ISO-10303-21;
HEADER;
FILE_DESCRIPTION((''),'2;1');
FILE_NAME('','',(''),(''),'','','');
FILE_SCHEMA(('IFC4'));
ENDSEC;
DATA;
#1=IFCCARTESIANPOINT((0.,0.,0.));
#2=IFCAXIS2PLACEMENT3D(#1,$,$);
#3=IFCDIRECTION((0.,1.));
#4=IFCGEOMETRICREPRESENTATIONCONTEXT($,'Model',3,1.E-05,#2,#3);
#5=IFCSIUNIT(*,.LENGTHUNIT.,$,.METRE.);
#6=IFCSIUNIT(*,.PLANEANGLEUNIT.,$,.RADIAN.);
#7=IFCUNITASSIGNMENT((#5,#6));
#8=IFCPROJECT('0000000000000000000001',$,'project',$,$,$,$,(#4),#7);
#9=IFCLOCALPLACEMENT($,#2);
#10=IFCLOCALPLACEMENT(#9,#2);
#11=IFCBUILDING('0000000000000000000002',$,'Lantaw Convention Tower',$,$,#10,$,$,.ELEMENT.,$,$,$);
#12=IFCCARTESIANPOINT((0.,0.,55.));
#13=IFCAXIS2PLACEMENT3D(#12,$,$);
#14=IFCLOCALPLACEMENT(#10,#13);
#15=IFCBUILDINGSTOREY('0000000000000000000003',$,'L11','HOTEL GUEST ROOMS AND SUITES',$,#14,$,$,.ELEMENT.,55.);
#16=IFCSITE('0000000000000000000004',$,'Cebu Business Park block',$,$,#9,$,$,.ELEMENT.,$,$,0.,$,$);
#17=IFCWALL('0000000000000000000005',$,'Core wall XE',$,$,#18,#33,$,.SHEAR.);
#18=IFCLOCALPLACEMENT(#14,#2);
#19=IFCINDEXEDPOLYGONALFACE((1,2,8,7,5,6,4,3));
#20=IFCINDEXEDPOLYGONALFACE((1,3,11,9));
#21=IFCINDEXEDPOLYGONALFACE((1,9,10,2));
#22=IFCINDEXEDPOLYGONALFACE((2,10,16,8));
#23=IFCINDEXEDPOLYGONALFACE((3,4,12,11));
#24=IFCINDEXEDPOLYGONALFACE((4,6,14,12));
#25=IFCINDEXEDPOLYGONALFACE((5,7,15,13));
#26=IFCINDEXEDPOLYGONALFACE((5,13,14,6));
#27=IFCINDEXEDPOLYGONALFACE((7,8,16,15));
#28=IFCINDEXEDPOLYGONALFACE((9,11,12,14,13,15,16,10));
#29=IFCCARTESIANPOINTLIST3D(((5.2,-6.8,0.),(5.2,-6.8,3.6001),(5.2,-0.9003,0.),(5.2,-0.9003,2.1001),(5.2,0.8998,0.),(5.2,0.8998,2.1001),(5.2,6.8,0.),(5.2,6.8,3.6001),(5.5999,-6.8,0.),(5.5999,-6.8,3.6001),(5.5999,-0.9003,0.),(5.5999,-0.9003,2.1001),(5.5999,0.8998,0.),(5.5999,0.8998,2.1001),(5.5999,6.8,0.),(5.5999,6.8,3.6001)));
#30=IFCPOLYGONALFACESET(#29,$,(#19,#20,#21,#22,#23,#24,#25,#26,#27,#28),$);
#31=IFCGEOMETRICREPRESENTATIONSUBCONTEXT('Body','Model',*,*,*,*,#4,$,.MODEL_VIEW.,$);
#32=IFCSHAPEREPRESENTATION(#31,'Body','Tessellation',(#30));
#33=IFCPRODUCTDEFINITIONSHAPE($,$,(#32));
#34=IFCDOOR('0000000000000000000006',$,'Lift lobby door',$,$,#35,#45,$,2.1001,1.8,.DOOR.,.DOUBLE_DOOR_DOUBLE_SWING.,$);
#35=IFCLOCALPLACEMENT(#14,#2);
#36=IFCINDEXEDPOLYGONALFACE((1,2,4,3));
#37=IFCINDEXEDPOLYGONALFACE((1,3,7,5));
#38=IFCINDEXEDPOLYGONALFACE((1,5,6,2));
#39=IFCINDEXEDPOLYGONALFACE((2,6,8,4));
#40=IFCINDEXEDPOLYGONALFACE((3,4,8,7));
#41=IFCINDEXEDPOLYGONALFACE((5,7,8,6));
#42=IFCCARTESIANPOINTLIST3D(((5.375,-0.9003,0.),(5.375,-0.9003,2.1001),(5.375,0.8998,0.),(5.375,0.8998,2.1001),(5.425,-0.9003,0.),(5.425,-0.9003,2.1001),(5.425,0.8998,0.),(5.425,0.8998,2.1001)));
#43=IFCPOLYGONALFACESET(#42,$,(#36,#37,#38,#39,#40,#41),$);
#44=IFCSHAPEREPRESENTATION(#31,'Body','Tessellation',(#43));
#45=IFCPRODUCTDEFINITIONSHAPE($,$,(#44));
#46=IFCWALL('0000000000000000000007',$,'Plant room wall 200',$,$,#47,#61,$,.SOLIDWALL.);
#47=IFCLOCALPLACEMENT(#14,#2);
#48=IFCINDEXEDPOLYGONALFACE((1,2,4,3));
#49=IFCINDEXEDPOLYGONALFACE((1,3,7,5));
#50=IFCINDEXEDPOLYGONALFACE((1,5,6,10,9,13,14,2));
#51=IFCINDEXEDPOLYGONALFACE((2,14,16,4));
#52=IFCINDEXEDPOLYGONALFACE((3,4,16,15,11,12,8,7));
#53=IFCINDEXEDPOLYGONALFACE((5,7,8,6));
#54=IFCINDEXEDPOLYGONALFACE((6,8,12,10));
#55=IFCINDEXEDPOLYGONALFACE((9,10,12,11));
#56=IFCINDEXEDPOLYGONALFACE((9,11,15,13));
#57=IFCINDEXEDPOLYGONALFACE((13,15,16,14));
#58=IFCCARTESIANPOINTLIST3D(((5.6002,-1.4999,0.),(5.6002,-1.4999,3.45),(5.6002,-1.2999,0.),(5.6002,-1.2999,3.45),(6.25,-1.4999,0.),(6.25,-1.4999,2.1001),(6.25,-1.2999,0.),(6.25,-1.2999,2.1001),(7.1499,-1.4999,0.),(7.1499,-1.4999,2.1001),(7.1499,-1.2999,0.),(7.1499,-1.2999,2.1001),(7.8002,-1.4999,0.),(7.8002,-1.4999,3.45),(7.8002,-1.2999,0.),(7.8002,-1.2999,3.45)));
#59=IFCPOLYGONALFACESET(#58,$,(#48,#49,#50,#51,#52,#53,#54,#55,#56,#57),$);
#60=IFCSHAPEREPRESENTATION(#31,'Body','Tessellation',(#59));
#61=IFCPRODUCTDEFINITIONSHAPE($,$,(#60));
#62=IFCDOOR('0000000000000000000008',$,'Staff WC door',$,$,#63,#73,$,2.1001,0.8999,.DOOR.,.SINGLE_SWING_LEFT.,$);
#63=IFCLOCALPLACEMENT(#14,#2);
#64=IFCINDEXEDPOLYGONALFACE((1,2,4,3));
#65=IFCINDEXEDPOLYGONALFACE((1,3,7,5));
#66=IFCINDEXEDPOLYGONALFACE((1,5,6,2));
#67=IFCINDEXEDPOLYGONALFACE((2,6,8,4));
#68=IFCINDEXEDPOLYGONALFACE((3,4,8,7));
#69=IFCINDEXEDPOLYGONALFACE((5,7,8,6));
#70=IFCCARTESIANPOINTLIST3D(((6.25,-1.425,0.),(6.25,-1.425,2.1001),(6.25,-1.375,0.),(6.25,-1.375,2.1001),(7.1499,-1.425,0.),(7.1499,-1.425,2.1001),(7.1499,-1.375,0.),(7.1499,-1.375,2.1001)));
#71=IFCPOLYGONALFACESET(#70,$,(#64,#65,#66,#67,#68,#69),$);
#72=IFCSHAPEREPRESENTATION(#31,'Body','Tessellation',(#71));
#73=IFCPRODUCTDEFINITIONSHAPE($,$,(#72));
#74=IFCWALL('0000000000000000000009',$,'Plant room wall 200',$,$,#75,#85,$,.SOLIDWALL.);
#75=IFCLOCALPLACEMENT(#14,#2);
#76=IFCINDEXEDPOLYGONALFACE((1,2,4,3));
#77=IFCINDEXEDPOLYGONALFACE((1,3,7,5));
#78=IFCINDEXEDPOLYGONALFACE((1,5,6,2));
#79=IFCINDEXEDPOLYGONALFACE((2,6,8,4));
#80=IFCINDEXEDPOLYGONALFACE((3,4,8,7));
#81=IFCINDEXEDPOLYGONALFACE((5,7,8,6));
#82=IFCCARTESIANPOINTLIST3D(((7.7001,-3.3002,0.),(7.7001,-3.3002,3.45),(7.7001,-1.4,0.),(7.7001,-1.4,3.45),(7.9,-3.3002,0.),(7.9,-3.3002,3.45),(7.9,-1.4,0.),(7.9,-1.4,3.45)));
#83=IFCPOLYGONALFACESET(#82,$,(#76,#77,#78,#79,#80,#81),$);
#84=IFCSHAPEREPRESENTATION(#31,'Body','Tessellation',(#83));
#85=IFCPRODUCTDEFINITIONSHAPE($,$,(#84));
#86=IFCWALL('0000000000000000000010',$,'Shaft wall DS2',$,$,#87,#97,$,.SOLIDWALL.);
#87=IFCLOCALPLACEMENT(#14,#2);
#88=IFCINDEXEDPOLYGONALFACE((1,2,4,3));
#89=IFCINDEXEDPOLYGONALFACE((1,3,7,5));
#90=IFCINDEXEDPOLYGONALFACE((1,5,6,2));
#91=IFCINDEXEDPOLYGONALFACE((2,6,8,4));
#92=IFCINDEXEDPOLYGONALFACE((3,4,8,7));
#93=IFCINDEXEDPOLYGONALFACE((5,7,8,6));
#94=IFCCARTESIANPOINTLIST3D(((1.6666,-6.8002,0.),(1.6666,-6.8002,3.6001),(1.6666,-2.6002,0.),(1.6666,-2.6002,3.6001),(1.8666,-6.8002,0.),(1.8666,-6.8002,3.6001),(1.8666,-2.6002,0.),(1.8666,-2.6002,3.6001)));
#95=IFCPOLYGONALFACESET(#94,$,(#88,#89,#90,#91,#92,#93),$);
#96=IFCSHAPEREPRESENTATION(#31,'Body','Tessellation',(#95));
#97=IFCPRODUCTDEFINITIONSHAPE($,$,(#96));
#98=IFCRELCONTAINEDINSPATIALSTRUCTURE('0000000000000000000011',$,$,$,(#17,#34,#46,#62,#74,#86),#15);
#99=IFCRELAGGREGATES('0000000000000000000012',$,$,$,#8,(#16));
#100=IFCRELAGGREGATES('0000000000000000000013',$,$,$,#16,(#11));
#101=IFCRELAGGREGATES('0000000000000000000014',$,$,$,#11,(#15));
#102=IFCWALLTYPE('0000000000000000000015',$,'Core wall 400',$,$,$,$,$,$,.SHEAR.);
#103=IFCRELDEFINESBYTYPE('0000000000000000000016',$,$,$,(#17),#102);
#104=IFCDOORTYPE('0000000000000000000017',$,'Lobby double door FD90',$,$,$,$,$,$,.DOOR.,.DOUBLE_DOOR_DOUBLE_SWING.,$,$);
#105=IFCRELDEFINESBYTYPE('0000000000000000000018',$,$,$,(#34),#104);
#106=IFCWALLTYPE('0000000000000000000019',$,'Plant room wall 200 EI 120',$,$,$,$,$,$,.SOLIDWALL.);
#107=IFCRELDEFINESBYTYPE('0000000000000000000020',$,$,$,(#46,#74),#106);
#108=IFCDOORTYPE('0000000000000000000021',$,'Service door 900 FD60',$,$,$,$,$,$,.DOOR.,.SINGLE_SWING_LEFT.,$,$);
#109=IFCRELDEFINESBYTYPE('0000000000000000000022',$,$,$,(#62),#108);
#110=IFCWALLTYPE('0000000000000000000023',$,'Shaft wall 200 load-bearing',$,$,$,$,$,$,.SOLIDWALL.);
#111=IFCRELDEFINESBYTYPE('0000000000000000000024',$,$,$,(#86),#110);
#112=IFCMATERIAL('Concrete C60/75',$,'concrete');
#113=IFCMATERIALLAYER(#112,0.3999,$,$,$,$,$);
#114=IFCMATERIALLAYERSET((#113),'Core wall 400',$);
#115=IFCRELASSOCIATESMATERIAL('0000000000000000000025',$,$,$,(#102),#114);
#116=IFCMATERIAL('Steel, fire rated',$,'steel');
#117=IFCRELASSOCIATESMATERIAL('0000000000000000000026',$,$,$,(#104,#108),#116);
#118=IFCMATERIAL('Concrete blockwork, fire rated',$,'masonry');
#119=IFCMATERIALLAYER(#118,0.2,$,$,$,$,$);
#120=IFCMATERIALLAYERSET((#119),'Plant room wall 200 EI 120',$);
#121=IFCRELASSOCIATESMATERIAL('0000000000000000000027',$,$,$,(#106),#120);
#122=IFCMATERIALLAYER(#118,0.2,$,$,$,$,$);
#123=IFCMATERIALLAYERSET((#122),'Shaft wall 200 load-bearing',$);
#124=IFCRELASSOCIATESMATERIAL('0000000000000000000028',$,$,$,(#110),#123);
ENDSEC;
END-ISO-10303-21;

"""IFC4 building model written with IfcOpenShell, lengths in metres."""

from ifc_helpers import new_model, si_unit, direction, frame, frame_2d, origin, place, context, subcontext, project, spatial, rectangle, extrude, material, layer, layer_set, type_object, element, fill, save


model = new_model("IFC4")

# Units and contexts
model_context = context("Model", 3, precision=1e-05, world=origin(), true_north=direction((0.0, 1.0)))
body_context = subcontext(model_context, "Body", "Model", "MODEL_VIEW")
ifc_project = project(units=[si_unit("LENGTHUNIT", "METRE"), si_unit("PLANEANGLEUNIT", "RADIAN")], contexts=[model_context])

# Site, building, storey
site_placement = place(None, origin())
site = spatial("IfcSite", under=ifc_project, at=site_placement, Name="Cebu Business Park block", CompositionType="ELEMENT", RefElevation=0.0)
building_placement = place(site_placement, origin())
building = spatial("IfcBuilding", under=site, at=building_placement, Name="Lantaw Convention Tower", CompositionType="ELEMENT")
storey_placement = place(building_placement, frame((0.0, 0.0, 55.0)))
storey = spatial("IfcBuildingStorey", under=building, at=storey_placement, Name="L11", Description="HOTEL GUEST ROOMS AND SUITES", CompositionType="ELEMENT", Elevation=55.0)

# Walls, openings, doors
ifc_material_1 = material(Name="Concrete C60/75", Category="concrete")
ifc_material_2 = material(Name="Steel, fire rated", Category="steel")
ifc_layer_1 = layer(ifc_material_1, 0.3999)
ifc_layer_set_1 = layer_set([ifc_layer_1], Name="Core wall 400")
wall_type_1 = type_object("IfcWallType", Name="Core wall 400", PredefinedType="SHEAR", material=ifc_layer_set_1)
wall_1_placement = place(storey_placement, frame((5.3999, -6.8, 0.0), z_axis=(0.0, 0.0, 1.0), x_axis=(0.0, 1.0, 0.0)))
wall_1 = element("IfcWall", 1, at=wall_1_placement, inside=storey, type_object=wall_type_1, Name="Core wall XE", PredefinedType="SHEAR", context=body_context, shape_type="SweptSolid", body=[
    extrude(rectangle(XDim=13.6001, YDim=0.3999, at=frame_2d((6.8, 0.0))), origin(), (0.0, 0.0, 1.0), 3.6001),
])
opening_1_placement = place(wall_1_placement, frame((5.8999, 0.0, 0.0)))
opening_1 = element("IfcOpeningElement", 2, at=opening_1_placement, cuts=wall_1, PredefinedType="OPENING", context=body_context, shape_type="SweptSolid", body=[
    extrude(rectangle(XDim=1.8, YDim=2.1001, at=frame_2d((0.8999, 1.05))), frame((0.0, 0.21, 0.0), z_axis=(0.0, -1.0, 0.0), x_axis=(1.0, 0.0, 0.0)), (0.0, 0.0, 1.0), 0.4199),
])
door_type_1 = type_object("IfcDoorType", Name="Lobby double door FD90", OperationType="DOUBLE_DOOR_DOUBLE_SWING", PredefinedType="DOOR", material=ifc_material_2)
door_1_placement = place(opening_1_placement, origin())
door_1 = element("IfcDoor", 3, at=door_1_placement, inside=storey, type_object=door_type_1, Name="Lift lobby door", OperationType="DOUBLE_DOOR_DOUBLE_SWING", OverallHeight=2.1001, OverallWidth=1.8, PredefinedType="DOOR", context=body_context, shape_type="SweptSolid", body=[
    extrude(rectangle(XDim=1.8, YDim=2.1001, at=frame_2d((0.8999, 1.05))), frame((0.0, 0.0249, 0.0), z_axis=(0.0, -1.0, 0.0), x_axis=(1.0, 0.0, 0.0)), (0.0, 0.0, 1.0), 0.05),
])
fill(opening_1, door_1)
ifc_material_3 = material(Name="Concrete blockwork, fire rated", Category="masonry")
ifc_layer_2 = layer(ifc_material_3, 0.2)
ifc_layer_set_2 = layer_set([ifc_layer_2], Name="Plant room wall 200 EI 120")
wall_type_2 = type_object("IfcWallType", Name="Plant room wall 200 EI 120", PredefinedType="SOLIDWALL", material=ifc_layer_set_2)
wall_2_placement = place(storey_placement, frame((5.6001, -1.3999, 0.0), z_axis=(0.0, 0.0, 1.0), x_axis=(1.0, 0.0, 0.0)))
wall_2 = element("IfcWall", 4, at=wall_2_placement, inside=storey, type_object=wall_type_2, Name="Plant room wall 200", PredefinedType="SOLIDWALL", context=body_context, shape_type="SweptSolid", body=[
    extrude(rectangle(XDim=2.2, YDim=0.2, at=frame_2d((1.1001, 0.0))), origin(), (0.0, 0.0, 1.0), 3.45),
])
opening_2_placement = place(wall_2_placement, frame((0.6499, 0.0, 0.0)))
opening_2 = element("IfcOpeningElement", 5, at=opening_2_placement, cuts=wall_2, PredefinedType="OPENING", context=body_context, shape_type="SweptSolid", body=[
    extrude(rectangle(XDim=0.8999, YDim=2.1001, at=frame_2d((0.45, 1.05))), frame((0.0, 0.1099, 0.0), z_axis=(0.0, -1.0, 0.0), x_axis=(1.0, 0.0, 0.0)), (0.0, 0.0, 1.0), 0.22),
])
door_type_2 = type_object("IfcDoorType", Name="Service door 900 FD60", OperationType="SINGLE_SWING_LEFT", PredefinedType="DOOR", material=ifc_material_2)
door_2_placement = place(opening_2_placement, origin())
door_2 = element("IfcDoor", 6, at=door_2_placement, inside=storey, type_object=door_type_2, Name="Staff WC door", OperationType="SINGLE_SWING_LEFT", OverallHeight=2.1001, OverallWidth=0.8999, PredefinedType="DOOR", context=body_context, shape_type="SweptSolid", body=[
    extrude(rectangle(XDim=0.8999, YDim=2.1001, at=frame_2d((0.45, 1.05))), frame((0.0, 0.0249, 0.0), z_axis=(0.0, -1.0, 0.0), x_axis=(1.0, 0.0, 0.0)), (0.0, 0.0, 1.0), 0.05),
])
fill(opening_2, door_2)

# Walls
wall_3_placement = place(storey_placement, frame((7.8, -1.3999, 0.0), z_axis=(0.0, 0.0, 1.0), x_axis=(0.0, -1.0, 0.0)))
element("IfcWall", 7, at=wall_3_placement, inside=storey, type_object=wall_type_2, Name="Plant room wall 200", PredefinedType="SOLIDWALL", context=body_context, shape_type="SweptSolid", body=[
    extrude(rectangle(XDim=1.9001, YDim=0.2, at=frame_2d((0.9502, 0.0))), origin(), (0.0, 0.0, 1.0), 3.45),
])
ifc_layer_3 = layer(ifc_material_3, 0.2)
ifc_layer_set_3 = layer_set([ifc_layer_3], Name="Shaft wall 200 load-bearing")
wall_type_3 = type_object("IfcWallType", Name="Shaft wall 200 load-bearing", PredefinedType="SOLIDWALL", material=ifc_layer_set_3)
wall_4_placement = place(storey_placement, frame((1.7666, -2.6001, 0.0), z_axis=(0.0, 0.0, 1.0), x_axis=(0.0, -1.0, 0.0)))
element("IfcWall", 8, at=wall_4_placement, inside=storey, type_object=wall_type_3, Name="Shaft wall DS2", PredefinedType="SOLIDWALL", context=body_context, shape_type="SweptSolid", body=[
    extrude(rectangle(XDim=4.2, YDim=0.2, at=frame_2d((2.1001, 0.0))), origin(), (0.0, 0.0, 1.0), 3.6001),
])

save(model, "model.ifc")
